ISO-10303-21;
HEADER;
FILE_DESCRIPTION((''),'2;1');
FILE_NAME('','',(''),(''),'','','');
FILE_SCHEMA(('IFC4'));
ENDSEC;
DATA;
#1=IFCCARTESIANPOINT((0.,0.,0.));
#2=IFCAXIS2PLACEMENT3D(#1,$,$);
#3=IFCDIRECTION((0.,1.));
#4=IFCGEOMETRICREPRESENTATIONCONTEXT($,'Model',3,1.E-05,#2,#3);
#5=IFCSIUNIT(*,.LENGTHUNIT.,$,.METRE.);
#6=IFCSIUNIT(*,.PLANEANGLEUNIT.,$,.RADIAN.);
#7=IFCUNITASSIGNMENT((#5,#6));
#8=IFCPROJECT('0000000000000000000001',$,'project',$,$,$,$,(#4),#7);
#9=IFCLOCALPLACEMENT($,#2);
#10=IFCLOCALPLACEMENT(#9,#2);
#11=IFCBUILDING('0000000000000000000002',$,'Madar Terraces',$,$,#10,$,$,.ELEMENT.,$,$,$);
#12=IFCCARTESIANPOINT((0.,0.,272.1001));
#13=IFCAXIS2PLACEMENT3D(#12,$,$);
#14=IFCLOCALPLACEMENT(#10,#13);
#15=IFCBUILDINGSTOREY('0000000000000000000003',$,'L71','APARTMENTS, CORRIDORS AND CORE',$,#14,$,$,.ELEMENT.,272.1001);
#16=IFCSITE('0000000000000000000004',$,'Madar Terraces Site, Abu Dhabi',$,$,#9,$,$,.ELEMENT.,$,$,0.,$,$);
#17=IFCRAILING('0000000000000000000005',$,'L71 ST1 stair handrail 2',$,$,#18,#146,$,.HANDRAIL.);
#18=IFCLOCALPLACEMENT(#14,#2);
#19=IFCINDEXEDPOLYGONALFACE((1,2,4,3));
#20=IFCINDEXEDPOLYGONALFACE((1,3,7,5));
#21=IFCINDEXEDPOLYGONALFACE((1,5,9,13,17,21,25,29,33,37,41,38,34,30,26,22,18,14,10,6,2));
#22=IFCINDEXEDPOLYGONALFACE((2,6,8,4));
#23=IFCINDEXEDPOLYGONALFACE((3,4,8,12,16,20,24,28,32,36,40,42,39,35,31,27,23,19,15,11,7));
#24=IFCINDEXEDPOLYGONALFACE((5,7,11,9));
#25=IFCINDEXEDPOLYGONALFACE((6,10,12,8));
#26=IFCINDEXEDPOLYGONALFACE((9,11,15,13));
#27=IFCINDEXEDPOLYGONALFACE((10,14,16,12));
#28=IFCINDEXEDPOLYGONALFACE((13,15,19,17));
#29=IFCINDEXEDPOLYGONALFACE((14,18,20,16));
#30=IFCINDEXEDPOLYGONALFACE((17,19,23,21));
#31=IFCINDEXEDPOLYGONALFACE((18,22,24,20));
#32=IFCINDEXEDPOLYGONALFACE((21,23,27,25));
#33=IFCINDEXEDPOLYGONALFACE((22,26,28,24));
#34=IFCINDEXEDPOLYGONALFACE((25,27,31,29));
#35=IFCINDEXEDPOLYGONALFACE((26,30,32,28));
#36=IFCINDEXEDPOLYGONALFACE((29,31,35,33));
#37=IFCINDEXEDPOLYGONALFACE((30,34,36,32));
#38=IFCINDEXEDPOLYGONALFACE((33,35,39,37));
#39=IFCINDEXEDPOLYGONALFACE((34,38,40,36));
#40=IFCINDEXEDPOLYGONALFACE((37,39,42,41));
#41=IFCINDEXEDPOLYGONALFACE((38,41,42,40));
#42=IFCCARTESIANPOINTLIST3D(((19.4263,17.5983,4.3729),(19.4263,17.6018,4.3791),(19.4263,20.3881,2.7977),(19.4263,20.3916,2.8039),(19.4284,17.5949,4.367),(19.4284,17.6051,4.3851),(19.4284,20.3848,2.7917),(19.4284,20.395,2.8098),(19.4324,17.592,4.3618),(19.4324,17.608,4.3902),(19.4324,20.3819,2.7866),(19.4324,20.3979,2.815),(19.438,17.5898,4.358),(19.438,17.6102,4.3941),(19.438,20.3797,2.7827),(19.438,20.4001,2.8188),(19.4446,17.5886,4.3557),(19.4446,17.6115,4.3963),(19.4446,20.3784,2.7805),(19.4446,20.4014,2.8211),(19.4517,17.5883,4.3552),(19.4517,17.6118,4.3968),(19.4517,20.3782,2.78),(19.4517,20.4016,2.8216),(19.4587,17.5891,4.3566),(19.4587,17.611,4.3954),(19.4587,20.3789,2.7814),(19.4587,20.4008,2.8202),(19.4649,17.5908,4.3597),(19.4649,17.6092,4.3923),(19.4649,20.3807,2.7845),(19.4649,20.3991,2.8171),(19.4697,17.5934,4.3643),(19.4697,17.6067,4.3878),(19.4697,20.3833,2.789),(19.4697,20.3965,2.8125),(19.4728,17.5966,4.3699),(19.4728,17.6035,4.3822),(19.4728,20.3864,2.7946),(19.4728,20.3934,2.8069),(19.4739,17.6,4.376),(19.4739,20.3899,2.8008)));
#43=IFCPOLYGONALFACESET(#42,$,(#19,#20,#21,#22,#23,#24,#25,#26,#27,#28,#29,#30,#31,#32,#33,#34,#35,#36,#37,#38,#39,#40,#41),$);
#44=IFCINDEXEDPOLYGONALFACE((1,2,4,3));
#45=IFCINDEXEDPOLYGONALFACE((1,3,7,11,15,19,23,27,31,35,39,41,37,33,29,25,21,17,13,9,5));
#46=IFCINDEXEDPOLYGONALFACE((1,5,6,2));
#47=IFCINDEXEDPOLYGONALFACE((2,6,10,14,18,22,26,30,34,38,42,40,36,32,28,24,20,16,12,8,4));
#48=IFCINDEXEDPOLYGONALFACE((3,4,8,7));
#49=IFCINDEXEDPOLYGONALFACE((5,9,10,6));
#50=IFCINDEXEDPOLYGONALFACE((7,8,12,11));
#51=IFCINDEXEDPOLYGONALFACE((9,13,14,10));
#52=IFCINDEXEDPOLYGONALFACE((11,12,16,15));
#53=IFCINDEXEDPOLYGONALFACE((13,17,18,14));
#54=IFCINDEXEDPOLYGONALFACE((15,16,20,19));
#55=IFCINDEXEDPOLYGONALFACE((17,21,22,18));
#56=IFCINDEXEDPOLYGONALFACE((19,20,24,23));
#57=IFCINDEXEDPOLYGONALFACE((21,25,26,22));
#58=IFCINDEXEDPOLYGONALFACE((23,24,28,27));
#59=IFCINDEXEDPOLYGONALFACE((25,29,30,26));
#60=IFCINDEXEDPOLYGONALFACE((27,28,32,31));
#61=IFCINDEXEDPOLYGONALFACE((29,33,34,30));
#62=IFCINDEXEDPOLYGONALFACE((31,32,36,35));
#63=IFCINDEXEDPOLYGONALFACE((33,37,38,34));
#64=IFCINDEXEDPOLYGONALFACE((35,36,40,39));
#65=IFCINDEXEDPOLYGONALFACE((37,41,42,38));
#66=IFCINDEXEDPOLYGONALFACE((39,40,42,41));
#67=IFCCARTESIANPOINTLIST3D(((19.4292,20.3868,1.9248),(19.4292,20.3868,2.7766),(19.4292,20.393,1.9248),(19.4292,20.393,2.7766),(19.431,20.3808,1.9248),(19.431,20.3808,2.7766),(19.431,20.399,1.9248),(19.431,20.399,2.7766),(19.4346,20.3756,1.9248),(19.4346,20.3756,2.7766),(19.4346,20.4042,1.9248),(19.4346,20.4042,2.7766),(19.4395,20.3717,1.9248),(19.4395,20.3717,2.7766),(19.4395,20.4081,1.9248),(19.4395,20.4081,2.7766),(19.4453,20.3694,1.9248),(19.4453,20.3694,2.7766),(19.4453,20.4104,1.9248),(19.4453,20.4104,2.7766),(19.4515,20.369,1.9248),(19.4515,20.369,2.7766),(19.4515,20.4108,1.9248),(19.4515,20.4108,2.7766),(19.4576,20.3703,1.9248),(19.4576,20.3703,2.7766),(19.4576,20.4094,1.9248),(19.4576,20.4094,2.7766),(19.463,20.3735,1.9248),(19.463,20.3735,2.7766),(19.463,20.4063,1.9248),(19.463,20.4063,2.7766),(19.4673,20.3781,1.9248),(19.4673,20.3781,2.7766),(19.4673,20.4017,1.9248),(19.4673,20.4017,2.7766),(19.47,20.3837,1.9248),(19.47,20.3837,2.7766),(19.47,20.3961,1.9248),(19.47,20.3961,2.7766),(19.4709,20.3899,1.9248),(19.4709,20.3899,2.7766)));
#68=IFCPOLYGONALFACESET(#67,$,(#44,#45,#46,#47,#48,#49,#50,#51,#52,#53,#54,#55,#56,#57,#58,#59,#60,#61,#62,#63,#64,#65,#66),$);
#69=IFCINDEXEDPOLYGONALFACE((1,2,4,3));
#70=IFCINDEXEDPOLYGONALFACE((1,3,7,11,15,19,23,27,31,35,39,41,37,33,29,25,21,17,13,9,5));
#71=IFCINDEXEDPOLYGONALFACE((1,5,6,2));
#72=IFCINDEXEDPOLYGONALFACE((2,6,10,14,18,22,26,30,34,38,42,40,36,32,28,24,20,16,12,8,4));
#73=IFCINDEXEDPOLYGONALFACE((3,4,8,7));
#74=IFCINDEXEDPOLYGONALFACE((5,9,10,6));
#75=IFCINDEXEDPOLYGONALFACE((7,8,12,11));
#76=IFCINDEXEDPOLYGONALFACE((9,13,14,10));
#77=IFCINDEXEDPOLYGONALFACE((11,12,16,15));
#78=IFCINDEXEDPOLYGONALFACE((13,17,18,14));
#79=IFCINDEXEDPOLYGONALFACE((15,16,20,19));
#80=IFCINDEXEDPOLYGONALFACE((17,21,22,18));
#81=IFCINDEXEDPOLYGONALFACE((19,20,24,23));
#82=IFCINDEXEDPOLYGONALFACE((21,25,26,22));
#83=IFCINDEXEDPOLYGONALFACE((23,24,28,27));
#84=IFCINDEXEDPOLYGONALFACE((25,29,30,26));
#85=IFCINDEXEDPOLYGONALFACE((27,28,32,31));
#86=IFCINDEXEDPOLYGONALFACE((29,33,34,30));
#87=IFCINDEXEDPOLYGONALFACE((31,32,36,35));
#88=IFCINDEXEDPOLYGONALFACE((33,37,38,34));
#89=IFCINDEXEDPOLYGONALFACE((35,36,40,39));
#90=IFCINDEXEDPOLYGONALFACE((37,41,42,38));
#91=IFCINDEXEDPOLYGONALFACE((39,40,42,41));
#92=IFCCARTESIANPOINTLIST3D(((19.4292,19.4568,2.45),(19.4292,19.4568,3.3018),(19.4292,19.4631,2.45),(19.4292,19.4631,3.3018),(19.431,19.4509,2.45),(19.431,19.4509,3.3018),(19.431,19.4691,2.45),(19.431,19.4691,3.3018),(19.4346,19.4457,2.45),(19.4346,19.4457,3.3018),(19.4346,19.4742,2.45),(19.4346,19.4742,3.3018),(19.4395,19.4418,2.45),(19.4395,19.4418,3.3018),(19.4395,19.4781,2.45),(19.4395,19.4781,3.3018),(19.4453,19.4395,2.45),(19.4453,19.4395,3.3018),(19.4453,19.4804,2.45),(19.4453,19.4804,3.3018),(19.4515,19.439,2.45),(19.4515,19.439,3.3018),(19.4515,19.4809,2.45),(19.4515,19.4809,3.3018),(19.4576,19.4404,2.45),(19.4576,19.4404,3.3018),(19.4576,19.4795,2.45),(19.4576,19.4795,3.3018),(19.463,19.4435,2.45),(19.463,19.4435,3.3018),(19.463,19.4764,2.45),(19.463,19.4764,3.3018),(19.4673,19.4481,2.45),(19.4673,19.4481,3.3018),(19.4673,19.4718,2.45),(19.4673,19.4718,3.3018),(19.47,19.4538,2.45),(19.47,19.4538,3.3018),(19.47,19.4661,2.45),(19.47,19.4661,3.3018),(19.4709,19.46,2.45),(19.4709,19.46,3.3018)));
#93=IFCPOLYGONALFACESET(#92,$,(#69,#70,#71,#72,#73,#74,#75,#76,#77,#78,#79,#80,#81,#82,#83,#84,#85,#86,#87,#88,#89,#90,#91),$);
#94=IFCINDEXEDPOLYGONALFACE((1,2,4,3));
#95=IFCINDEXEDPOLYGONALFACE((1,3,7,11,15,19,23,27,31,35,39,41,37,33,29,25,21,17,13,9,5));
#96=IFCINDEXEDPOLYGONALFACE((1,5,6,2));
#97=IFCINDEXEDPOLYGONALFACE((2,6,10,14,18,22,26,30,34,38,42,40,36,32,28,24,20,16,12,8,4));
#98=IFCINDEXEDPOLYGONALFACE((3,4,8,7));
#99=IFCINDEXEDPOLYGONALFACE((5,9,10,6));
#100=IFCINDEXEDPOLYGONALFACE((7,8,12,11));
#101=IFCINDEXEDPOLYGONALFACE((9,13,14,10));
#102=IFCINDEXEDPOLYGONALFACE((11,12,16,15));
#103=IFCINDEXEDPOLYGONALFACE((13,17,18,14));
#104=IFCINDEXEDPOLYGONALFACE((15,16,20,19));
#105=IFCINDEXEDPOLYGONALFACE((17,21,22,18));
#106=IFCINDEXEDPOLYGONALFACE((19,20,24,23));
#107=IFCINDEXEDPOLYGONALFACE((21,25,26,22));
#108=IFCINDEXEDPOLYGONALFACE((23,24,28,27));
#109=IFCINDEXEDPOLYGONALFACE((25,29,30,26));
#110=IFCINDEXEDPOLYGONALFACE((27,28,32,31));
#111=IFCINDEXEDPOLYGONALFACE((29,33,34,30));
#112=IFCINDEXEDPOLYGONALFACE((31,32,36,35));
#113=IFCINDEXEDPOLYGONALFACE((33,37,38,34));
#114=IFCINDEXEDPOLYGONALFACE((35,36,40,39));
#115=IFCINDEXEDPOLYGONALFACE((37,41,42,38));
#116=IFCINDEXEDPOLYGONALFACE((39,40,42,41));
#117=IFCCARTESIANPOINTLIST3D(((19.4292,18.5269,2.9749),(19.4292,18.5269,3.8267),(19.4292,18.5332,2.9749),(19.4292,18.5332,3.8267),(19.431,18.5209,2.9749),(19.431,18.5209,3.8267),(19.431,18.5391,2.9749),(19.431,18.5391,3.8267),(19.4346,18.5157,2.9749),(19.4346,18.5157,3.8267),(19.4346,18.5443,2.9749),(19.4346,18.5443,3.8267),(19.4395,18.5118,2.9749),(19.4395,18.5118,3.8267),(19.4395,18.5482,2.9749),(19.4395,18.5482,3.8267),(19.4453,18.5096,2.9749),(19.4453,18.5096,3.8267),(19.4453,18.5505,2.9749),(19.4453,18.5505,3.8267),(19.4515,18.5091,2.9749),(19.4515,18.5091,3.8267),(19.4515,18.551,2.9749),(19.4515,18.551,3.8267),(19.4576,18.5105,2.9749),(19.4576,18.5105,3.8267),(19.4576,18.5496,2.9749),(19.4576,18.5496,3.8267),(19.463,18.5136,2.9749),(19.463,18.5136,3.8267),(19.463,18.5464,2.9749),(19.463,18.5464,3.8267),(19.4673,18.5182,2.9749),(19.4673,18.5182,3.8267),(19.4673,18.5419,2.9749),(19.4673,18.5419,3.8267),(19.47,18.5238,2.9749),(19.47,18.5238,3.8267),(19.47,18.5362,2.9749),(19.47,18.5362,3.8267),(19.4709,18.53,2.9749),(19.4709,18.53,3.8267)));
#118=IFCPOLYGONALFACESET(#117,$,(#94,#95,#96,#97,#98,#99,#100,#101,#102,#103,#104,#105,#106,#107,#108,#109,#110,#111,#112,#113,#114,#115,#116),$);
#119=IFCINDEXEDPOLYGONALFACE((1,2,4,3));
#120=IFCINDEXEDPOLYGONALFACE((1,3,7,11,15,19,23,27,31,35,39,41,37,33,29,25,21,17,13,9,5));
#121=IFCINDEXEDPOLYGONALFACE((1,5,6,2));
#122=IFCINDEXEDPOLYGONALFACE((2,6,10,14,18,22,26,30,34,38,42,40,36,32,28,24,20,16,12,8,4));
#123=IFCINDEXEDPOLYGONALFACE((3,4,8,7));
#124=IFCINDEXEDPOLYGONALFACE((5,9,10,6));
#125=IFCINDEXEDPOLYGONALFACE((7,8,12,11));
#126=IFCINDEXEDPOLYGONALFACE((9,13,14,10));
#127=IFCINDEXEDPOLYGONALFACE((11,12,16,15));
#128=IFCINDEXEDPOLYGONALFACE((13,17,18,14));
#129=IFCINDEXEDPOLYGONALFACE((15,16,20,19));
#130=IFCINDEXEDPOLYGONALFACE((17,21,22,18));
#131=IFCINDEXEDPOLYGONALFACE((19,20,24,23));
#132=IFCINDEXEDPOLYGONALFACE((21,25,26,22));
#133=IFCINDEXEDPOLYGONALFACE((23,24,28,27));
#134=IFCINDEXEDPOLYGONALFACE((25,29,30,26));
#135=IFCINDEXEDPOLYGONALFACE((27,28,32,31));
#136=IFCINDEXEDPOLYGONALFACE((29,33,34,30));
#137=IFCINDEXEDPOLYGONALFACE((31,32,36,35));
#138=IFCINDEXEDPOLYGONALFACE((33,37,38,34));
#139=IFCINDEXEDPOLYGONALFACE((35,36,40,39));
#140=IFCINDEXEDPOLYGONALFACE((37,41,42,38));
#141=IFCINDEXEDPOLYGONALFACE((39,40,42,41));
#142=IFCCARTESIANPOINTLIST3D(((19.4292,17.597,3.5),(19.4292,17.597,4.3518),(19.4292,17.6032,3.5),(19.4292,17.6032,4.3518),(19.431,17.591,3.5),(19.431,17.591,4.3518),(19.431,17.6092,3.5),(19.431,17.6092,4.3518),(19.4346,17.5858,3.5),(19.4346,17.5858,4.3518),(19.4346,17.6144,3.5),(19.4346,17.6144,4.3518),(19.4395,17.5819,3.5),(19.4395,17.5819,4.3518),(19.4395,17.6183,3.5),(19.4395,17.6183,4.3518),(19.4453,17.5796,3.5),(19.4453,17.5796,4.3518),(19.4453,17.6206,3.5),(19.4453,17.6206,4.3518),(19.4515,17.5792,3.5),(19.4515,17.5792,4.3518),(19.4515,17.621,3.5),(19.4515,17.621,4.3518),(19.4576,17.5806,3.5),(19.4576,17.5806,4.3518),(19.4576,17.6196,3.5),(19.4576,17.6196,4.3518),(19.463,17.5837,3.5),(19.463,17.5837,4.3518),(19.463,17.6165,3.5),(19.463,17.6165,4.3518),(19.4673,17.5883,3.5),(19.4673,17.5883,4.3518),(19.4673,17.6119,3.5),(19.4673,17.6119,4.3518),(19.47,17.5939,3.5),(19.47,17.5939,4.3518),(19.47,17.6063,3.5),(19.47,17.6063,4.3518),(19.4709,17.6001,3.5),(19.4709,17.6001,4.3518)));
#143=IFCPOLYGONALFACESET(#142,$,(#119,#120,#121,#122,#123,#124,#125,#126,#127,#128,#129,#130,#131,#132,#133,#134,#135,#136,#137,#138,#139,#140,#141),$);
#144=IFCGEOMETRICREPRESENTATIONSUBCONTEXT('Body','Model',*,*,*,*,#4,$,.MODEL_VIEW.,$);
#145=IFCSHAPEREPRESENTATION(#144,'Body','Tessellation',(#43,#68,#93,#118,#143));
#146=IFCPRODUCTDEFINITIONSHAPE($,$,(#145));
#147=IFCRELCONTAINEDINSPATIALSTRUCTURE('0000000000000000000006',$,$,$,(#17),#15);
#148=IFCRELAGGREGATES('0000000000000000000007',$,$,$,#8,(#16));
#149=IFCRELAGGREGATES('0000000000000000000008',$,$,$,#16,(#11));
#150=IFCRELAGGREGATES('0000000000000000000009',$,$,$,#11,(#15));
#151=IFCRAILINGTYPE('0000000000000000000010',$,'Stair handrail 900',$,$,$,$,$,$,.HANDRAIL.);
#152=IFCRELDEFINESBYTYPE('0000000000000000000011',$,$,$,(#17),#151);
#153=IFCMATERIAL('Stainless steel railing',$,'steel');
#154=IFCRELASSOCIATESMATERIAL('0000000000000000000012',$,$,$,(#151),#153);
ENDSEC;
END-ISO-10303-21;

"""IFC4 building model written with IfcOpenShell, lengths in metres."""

from ifc_helpers import new_model, si_unit, direction, frame, origin, origin_2d, place, context, subcontext, project, spatial, circle, extrude, material, type_object, element, save


model = new_model("IFC4")

# Units and contexts
model_context = context("Model", 3, precision=1e-05, world=origin(), true_north=direction((0.0, 1.0)))
body_context = subcontext(model_context, "Body", "Model", "MODEL_VIEW")
ifc_project = project(units=[si_unit("LENGTHUNIT", "METRE"), si_unit("PLANEANGLEUNIT", "RADIAN")], contexts=[model_context])

# Site, building, storey
site_placement = place(None, origin())
site = spatial("IfcSite", under=ifc_project, at=site_placement, Name="Madar Terraces Site, Abu Dhabi", CompositionType="ELEMENT", RefElevation=0.0)
building_placement = place(site_placement, origin())
building = spatial("IfcBuilding", under=site, at=building_placement, Name="Madar Terraces", CompositionType="ELEMENT")
storey_placement = place(building_placement, frame((0.0, 0.0, 272.1001)))
storey = spatial("IfcBuildingStorey", under=building, at=storey_placement, Name="L71", Description="APARTMENTS, CORRIDORS AND CORE", CompositionType="ELEMENT", Elevation=272.1001)

# Railing
ifc_material_1 = material(Name="Stainless steel railing", Category="steel")
railing_type_1 = type_object("IfcRailingType", Name="Stair handrail 900", PredefinedType="HANDRAIL", material=ifc_material_1)
railing_1_placement = place(storey_placement, frame((19.45, 20.3899, 1.9248)))
element("IfcRailing", 1, at=railing_1_placement, inside=storey, type_object=railing_type_1, Name="L71 ST1 stair handrail 2", PredefinedType="HANDRAIL", context=body_context, shape_type="SweptSolid", body=[
    extrude(circle(Radius=0.0239, at=origin_2d()), frame((0.0, 0.0, 0.876), z_axis=(0.0, -0.870783, 0.491668), x_axis=(1.0, 0.0, 0.0)), (0.0, 0.0, 1.0), 3.2039),
    extrude(circle(Radius=0.021, at=origin_2d()), origin(), (0.0, 0.0, 1.0), 0.8518),
    extrude(circle(Radius=0.021, at=origin_2d()), frame((0.0, -0.9299, 0.5251)), (0.0, 0.0, 1.0), 0.8518),
    extrude(circle(Radius=0.021, at=origin_2d()), frame((0.0, -1.8599, 1.05)), (0.0, 0.0, 1.0), 0.8518),
    extrude(circle(Radius=0.021, at=origin_2d()), frame((0.0, -2.7898, 1.5752)), (0.0, 0.0, 1.0), 0.8518),
])

save(model, "model.ifc")
